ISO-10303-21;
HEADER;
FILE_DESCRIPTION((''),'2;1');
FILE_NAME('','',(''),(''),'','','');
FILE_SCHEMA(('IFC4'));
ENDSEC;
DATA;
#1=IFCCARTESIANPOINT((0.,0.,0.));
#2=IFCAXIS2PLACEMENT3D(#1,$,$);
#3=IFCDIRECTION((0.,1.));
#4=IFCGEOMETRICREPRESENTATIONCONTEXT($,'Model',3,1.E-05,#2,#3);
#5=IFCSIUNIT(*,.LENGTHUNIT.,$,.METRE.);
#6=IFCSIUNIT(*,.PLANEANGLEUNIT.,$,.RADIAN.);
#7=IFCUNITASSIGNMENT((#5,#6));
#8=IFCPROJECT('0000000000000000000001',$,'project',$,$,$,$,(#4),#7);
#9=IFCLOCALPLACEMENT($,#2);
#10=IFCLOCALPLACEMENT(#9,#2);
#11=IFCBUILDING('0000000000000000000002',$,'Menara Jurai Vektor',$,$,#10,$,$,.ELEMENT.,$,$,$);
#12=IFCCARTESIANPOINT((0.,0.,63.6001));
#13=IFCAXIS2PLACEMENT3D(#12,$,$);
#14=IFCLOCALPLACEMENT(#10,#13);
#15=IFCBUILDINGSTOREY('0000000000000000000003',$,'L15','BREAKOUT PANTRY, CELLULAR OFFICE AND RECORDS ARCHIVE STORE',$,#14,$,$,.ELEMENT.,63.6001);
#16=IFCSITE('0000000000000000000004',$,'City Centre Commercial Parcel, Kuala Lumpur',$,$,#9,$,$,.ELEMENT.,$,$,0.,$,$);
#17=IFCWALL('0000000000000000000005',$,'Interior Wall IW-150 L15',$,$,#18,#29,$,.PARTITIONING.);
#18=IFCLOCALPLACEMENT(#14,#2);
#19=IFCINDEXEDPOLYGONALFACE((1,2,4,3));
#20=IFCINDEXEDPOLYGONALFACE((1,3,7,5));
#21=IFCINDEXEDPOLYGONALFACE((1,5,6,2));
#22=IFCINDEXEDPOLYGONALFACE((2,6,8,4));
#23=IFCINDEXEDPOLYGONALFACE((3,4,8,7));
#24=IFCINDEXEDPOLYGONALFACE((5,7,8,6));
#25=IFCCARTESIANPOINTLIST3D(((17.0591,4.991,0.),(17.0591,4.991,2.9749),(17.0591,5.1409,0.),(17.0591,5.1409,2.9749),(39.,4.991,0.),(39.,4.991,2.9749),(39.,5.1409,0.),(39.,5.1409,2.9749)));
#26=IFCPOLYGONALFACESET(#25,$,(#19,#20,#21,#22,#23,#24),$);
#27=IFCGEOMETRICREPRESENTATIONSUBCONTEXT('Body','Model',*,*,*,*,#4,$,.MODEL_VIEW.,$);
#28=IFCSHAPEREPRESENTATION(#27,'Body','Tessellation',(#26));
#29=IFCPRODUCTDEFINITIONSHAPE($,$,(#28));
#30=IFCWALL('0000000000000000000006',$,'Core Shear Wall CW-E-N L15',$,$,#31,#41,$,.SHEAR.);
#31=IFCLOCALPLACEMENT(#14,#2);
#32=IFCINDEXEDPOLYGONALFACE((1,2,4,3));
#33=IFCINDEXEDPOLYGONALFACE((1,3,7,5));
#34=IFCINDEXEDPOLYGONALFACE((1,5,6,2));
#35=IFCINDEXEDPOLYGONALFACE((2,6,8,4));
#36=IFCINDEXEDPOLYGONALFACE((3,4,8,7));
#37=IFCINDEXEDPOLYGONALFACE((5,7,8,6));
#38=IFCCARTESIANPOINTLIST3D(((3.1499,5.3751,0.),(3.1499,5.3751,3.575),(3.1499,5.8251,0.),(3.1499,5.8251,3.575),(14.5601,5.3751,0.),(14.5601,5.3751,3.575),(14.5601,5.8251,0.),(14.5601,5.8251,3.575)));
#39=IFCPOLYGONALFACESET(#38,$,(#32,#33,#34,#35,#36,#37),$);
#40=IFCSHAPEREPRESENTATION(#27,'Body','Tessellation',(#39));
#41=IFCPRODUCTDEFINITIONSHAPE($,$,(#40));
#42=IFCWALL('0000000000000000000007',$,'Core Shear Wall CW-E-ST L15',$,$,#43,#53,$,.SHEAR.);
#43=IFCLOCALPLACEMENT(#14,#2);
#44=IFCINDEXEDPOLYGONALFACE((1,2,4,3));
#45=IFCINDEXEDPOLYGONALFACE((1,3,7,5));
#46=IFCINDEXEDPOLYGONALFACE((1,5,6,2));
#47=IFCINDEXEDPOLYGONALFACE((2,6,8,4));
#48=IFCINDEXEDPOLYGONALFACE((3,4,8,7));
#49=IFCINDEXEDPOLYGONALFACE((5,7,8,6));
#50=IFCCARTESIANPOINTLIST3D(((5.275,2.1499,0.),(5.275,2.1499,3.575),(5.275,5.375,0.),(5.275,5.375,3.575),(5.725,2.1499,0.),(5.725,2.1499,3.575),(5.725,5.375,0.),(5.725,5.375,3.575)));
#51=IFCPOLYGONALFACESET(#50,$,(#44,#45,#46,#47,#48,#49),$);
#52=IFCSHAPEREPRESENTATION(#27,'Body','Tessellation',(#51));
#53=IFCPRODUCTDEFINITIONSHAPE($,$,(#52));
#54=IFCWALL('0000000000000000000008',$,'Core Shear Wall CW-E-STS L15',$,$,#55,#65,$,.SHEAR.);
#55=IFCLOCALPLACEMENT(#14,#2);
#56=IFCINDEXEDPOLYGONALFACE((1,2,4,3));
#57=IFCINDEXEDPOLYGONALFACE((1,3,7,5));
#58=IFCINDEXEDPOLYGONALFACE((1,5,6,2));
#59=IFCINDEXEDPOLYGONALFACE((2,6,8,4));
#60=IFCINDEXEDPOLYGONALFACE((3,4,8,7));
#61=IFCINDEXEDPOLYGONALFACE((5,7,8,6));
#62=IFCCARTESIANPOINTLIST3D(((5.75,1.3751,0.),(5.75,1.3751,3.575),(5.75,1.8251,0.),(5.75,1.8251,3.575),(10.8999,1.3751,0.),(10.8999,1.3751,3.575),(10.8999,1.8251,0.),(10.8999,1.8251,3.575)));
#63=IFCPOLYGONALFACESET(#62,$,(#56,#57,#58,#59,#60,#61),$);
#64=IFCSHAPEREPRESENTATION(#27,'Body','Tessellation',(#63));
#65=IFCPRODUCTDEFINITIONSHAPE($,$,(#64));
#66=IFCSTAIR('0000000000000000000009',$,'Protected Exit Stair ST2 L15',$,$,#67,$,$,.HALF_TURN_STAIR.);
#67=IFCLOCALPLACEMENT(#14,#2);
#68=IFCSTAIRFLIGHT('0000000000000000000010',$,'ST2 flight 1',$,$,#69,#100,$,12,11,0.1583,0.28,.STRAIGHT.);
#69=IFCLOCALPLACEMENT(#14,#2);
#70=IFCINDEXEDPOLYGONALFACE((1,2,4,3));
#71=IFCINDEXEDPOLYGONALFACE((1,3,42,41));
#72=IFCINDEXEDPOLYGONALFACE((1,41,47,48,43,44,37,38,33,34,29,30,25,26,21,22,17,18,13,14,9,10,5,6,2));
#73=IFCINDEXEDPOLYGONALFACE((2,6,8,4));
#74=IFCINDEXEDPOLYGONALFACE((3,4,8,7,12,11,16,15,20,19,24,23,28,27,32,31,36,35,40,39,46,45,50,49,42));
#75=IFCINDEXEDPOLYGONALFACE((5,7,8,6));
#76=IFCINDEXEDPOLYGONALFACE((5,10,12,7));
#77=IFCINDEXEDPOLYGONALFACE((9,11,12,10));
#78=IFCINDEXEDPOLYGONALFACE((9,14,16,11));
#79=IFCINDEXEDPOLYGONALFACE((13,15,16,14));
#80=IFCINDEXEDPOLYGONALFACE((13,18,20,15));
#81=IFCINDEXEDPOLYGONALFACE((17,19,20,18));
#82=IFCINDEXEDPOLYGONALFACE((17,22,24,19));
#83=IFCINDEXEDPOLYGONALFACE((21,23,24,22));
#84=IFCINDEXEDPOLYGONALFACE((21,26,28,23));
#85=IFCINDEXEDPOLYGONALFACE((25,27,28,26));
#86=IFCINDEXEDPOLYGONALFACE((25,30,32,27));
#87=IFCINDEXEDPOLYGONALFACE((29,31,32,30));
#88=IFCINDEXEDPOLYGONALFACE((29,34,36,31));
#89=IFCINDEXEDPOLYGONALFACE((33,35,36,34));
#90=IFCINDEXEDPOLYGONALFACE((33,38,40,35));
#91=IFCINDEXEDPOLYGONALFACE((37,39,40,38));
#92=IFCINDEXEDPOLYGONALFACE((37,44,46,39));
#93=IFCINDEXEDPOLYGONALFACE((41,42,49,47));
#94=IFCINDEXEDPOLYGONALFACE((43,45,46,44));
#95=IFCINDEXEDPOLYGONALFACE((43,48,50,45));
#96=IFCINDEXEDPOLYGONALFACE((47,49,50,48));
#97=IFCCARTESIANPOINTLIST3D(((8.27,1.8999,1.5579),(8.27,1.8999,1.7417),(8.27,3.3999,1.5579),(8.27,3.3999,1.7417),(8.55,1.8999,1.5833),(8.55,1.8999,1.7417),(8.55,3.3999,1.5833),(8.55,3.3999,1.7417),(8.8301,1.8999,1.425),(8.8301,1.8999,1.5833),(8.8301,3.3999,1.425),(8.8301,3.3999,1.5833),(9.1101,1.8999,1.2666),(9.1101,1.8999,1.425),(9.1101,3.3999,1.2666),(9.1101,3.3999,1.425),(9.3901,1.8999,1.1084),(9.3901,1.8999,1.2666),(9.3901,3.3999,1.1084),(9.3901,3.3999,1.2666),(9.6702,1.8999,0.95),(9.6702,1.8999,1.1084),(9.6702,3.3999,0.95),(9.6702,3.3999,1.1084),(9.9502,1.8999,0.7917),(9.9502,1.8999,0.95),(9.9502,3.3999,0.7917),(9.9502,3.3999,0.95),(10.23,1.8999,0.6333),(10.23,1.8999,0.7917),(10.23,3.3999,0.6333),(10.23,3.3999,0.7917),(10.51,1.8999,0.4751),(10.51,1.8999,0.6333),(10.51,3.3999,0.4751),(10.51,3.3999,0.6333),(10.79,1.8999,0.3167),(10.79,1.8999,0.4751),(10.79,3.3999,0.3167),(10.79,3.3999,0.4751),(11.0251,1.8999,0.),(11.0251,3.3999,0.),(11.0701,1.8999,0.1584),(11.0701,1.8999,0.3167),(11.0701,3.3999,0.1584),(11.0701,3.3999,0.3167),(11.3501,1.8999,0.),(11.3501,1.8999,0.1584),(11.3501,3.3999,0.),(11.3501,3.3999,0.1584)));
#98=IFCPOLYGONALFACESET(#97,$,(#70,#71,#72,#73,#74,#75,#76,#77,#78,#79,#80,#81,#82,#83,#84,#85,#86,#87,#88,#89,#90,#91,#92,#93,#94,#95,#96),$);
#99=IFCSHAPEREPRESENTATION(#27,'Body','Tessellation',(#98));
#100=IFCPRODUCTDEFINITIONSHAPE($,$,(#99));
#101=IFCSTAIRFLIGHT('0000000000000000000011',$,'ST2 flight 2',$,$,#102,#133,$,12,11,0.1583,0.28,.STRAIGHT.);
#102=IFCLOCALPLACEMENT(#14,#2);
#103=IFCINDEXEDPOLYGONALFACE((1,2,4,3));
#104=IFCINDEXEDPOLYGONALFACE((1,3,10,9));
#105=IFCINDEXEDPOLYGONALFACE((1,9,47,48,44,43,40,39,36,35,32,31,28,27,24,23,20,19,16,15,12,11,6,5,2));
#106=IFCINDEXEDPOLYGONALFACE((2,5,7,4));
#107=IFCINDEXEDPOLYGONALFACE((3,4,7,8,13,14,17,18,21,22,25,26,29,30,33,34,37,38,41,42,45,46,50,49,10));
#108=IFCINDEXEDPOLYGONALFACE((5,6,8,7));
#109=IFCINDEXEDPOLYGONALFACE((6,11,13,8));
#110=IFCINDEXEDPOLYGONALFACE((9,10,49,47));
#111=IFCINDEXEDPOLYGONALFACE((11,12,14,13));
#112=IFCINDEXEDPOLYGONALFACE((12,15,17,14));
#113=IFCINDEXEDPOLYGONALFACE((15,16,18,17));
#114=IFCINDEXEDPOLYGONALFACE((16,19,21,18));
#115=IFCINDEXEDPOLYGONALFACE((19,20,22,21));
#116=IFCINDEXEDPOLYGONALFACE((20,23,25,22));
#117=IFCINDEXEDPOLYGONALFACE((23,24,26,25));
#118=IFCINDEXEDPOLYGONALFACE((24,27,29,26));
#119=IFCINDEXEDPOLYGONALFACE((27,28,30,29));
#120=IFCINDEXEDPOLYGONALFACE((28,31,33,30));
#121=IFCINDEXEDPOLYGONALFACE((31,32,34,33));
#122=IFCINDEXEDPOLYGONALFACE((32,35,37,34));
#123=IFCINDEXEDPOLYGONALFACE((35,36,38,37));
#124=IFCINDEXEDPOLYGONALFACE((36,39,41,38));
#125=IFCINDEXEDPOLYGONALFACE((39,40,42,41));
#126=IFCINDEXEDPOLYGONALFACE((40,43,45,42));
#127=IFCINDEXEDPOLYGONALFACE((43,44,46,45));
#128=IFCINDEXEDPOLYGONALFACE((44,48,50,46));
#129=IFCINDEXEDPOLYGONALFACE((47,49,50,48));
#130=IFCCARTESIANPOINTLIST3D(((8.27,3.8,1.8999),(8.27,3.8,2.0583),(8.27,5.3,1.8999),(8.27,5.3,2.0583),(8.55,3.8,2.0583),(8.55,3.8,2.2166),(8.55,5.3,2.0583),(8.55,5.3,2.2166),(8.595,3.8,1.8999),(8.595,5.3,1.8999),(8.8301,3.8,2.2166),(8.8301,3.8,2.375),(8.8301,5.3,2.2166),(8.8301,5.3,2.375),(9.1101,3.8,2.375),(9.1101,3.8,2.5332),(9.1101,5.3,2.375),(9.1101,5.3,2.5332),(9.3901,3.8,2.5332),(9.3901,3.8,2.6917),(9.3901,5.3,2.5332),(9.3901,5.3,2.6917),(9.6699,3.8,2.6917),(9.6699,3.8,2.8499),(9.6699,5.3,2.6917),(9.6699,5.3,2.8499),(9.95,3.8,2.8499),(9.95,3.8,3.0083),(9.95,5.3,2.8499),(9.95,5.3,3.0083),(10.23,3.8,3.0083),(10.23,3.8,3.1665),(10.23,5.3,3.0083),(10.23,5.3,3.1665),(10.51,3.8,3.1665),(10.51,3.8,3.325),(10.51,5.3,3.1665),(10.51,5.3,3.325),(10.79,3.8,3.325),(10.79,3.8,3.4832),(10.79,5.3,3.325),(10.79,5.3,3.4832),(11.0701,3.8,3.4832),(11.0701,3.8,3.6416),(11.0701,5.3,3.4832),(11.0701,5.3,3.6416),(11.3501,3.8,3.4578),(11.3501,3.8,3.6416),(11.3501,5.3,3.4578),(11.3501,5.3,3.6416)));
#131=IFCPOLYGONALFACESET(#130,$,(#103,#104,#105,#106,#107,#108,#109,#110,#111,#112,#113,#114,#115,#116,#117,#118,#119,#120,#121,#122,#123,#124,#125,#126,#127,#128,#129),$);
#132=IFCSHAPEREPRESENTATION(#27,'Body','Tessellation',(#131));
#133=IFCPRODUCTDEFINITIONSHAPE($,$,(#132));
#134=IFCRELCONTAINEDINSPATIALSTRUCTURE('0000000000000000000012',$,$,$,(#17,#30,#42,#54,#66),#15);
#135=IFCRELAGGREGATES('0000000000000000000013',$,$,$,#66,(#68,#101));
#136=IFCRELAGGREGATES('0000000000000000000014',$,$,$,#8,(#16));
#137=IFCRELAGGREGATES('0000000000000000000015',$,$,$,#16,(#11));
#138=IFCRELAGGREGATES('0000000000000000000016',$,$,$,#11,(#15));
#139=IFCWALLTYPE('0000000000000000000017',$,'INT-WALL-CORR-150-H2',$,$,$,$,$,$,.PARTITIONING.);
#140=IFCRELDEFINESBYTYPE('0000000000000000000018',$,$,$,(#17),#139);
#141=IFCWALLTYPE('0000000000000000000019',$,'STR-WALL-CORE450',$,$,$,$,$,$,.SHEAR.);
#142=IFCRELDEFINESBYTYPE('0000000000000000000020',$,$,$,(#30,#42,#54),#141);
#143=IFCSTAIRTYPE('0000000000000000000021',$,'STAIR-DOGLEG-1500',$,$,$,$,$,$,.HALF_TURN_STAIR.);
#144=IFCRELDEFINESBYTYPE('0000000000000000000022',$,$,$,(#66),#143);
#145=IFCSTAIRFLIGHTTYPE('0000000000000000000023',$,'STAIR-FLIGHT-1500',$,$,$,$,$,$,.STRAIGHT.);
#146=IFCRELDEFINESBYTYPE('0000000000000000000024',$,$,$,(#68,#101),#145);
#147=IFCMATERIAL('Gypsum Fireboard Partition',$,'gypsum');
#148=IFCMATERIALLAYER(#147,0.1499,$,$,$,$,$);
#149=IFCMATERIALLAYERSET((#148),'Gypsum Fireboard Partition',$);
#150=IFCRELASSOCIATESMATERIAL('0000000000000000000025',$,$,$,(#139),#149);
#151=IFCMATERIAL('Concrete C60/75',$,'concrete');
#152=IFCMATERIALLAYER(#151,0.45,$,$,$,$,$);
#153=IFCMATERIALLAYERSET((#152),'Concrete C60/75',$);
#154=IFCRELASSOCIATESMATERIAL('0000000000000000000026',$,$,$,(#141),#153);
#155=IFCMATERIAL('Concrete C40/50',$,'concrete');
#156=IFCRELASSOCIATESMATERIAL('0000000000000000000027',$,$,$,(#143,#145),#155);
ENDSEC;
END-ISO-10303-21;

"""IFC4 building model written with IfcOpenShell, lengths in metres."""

from ifc_helpers import new_model, si_unit, direction, frame, frame_2d, origin, place, context, subcontext, project, spatial, polyline, rectangle, outline, extrude, material, layer, layer_set, type_object, element, aggregate, save


model = new_model("IFC4")

# Units and contexts
model_context = context("Model", 3, precision=1e-05, world=origin(), true_north=direction((0.0, 1.0)))
body_context = subcontext(model_context, "Body", "Model", "MODEL_VIEW")
ifc_project = project(units=[si_unit("LENGTHUNIT", "METRE"), si_unit("PLANEANGLEUNIT", "RADIAN")], contexts=[model_context])

# Site, building, storey
site_placement = place(None, origin())
site = spatial("IfcSite", under=ifc_project, at=site_placement, Name="City Centre Commercial Parcel, Kuala Lumpur", CompositionType="ELEMENT", RefElevation=0.0)
building_placement = place(site_placement, origin())
building = spatial("IfcBuilding", under=site, at=building_placement, Name="Menara Jurai Vektor", CompositionType="ELEMENT")
storey_placement = place(building_placement, frame((0.0, 0.0, 63.6001)))
storey = spatial("IfcBuildingStorey", under=building, at=storey_placement, Name="L15", Description="BREAKOUT PANTRY, CELLULAR OFFICE AND RECORDS ARCHIVE STORE", CompositionType="ELEMENT", Elevation=63.6001)

# Shared definitions
ifc_material_1 = material(Name="Concrete C60/75", Category="concrete")

# Shared definitions
ifc_material_2 = material(Name="Concrete C40/50", Category="concrete")

# Shared definitions
ifc_material_3 = material(Name="Gypsum Fireboard Partition", Category="gypsum")

# Walls
ifc_layer_1 = layer(ifc_material_3, 0.1499)
ifc_layer_set_1 = layer_set([ifc_layer_1], Name="Gypsum Fireboard Partition")
wall_type_1 = type_object("IfcWallType", Name="INT-WALL-CORR-150-H2", PredefinedType="PARTITIONING", material=ifc_layer_set_1)
wall_1_placement = place(storey_placement, frame((17.0591, 5.0659, 0.0), z_axis=(0.0, 0.0, 1.0), x_axis=(1.0, 0.0, 0.0)))
element("IfcWall", 1, at=wall_1_placement, inside=storey, type_object=wall_type_1, Name="Interior Wall IW-150 L15", PredefinedType="PARTITIONING", context=body_context, shape_type="SweptSolid", body=[
    extrude(rectangle(XDim=21.9409, YDim=0.1499, at=frame_2d((10.9705, 0.0))), origin(), (0.0, 0.0, 1.0), 2.9749),
])
ifc_layer_2 = layer(ifc_material_1, 0.45)
ifc_layer_set_2 = layer_set([ifc_layer_2], Name="Concrete C60/75")
wall_type_2 = type_object("IfcWallType", Name="STR-WALL-CORE450", PredefinedType="SHEAR", material=ifc_layer_set_2)
wall_2_placement = place(storey_placement, frame((3.1499, 5.6001, 0.0), z_axis=(0.0, 0.0, 1.0), x_axis=(1.0, 0.0, 0.0)))
element("IfcWall", 2, at=wall_2_placement, inside=storey, type_object=wall_type_2, Name="Core Shear Wall CW-E-N L15", PredefinedType="SHEAR", context=body_context, shape_type="SweptSolid", body=[
    extrude(rectangle(XDim=11.4102, YDim=0.45, at=frame_2d((5.7051, 0.0))), origin(), (0.0, 0.0, 1.0), 3.575),
])
wall_3_placement = place(storey_placement, frame((5.5, 2.1499, 0.0), z_axis=(0.0, 0.0, 1.0), x_axis=(0.0, 1.0, 0.0)))
element("IfcWall", 3, at=wall_3_placement, inside=storey, type_object=wall_type_2, Name="Core Shear Wall CW-E-ST L15", PredefinedType="SHEAR", context=body_context, shape_type="SweptSolid", body=[
    extrude(rectangle(XDim=3.2251, YDim=0.45, at=frame_2d((1.6125, 0.0))), origin(), (0.0, 0.0, 1.0), 3.575),
])
wall_4_placement = place(storey_placement, frame((5.75, 1.6001, 0.0), z_axis=(0.0, 0.0, 1.0), x_axis=(1.0, 0.0, 0.0)))
element("IfcWall", 4, at=wall_4_placement, inside=storey, type_object=wall_type_2, Name="Core Shear Wall CW-E-STS L15", PredefinedType="SHEAR", context=body_context, shape_type="SweptSolid", body=[
    extrude(rectangle(XDim=5.1499, YDim=0.45, at=frame_2d((2.575, 0.0))), origin(), (0.0, 0.0, 1.0), 3.575),
])

# Stair, stair flights
stair_type = type_object("IfcStairType", Name="STAIR-DOGLEG-1500", PredefinedType="HALF_TURN_STAIR", material=ifc_material_2)
stair_placement = place(storey_placement, origin())
stair = element("IfcStair", 5, at=stair_placement, inside=storey, type_object=stair_type, Name="Protected Exit Stair ST2 L15", PredefinedType="HALF_TURN_STAIR")
stair_flight_type = type_object("IfcStairFlightType", Name="STAIR-FLIGHT-1500", PredefinedType="STRAIGHT", material=ifc_material_2)
stair_flight_1_placement = place(storey_placement, frame((11.3501, 2.6499, 0.0), z_axis=(0.0, 0.0, 1.0), x_axis=(-1.0, 0.0, 0.0)))
stair_flight_1 = element("IfcStairFlight", 6, at=stair_flight_1_placement, type_object=stair_flight_type, Name="ST2 flight 1", NumberOfRisers=12, NumberOfTreads=11, PredefinedType="STRAIGHT", RiserHeight=0.1583, TreadLength=0.28, context=body_context, shape_type="SweptSolid", body=[
    extrude(outline(polyline([(0.0, 0.0), (0.0, 0.1584), (0.28, 0.1584), (0.28, 0.3167), (0.5601, 0.3167), (0.5601, 0.4751), (0.8401, 0.4751), (0.8401, 0.6333), (1.1201, 0.6333), (1.1201, 0.7917), (1.3999, 0.7917), (1.3999, 0.95), (1.6799, 0.95), (1.6799, 1.1084), (1.96, 1.1084), (1.96, 1.2666), (2.24, 1.2666), (2.24, 1.425), (2.52, 1.425), (2.52, 1.5833), (2.8, 1.5833), (2.8, 1.7417), (3.0801, 1.7417), (3.0801, 1.8999), (3.0801, 1.5579), (0.325, 0.0), (0.0, 0.0)])), frame((0.0, 0.75, 0.0), z_axis=(0.0, -1.0, 0.0), x_axis=(1.0, 0.0, 0.0)), (0.0, 0.0, 1.0), 1.5),
])
stair_flight_2_placement = place(storey_placement, frame((8.27, 4.55, 1.8999), z_axis=(0.0, 0.0, 1.0), x_axis=(1.0, 0.0, 0.0)))
stair_flight_2 = element("IfcStairFlight", 7, at=stair_flight_2_placement, type_object=stair_flight_type, Name="ST2 flight 2", NumberOfRisers=12, NumberOfTreads=11, PredefinedType="STRAIGHT", RiserHeight=0.1583, TreadLength=0.28, context=body_context, shape_type="SweptSolid", body=[
    extrude(outline(polyline([(0.0, 0.0), (0.0, 0.1584), (0.28, 0.1584), (0.28, 0.3167), (0.5601, 0.3167), (0.5601, 0.4751), (0.8401, 0.4751), (0.8401, 0.6333), (1.1201, 0.6333), (1.1201, 0.7917), (1.3999, 0.7917), (1.3999, 0.95), (1.6799, 0.95), (1.6799, 1.1084), (1.96, 1.1084), (1.96, 1.2666), (2.24, 1.2666), (2.24, 1.425), (2.52, 1.425), (2.52, 1.5833), (2.8, 1.5833), (2.8, 1.7417), (3.0801, 1.7417), (3.0801, 1.8999), (3.0801, 1.5579), (0.325, 0.0), (0.0, 0.0)])), frame((0.0, 0.75, 0.0), z_axis=(0.0, -1.0, 0.0), x_axis=(1.0, 0.0, 0.0)), (0.0, 0.0, 1.0), 1.5),
])
aggregate(stair, [stair_flight_1, stair_flight_2])

save(model, "model.ifc")
